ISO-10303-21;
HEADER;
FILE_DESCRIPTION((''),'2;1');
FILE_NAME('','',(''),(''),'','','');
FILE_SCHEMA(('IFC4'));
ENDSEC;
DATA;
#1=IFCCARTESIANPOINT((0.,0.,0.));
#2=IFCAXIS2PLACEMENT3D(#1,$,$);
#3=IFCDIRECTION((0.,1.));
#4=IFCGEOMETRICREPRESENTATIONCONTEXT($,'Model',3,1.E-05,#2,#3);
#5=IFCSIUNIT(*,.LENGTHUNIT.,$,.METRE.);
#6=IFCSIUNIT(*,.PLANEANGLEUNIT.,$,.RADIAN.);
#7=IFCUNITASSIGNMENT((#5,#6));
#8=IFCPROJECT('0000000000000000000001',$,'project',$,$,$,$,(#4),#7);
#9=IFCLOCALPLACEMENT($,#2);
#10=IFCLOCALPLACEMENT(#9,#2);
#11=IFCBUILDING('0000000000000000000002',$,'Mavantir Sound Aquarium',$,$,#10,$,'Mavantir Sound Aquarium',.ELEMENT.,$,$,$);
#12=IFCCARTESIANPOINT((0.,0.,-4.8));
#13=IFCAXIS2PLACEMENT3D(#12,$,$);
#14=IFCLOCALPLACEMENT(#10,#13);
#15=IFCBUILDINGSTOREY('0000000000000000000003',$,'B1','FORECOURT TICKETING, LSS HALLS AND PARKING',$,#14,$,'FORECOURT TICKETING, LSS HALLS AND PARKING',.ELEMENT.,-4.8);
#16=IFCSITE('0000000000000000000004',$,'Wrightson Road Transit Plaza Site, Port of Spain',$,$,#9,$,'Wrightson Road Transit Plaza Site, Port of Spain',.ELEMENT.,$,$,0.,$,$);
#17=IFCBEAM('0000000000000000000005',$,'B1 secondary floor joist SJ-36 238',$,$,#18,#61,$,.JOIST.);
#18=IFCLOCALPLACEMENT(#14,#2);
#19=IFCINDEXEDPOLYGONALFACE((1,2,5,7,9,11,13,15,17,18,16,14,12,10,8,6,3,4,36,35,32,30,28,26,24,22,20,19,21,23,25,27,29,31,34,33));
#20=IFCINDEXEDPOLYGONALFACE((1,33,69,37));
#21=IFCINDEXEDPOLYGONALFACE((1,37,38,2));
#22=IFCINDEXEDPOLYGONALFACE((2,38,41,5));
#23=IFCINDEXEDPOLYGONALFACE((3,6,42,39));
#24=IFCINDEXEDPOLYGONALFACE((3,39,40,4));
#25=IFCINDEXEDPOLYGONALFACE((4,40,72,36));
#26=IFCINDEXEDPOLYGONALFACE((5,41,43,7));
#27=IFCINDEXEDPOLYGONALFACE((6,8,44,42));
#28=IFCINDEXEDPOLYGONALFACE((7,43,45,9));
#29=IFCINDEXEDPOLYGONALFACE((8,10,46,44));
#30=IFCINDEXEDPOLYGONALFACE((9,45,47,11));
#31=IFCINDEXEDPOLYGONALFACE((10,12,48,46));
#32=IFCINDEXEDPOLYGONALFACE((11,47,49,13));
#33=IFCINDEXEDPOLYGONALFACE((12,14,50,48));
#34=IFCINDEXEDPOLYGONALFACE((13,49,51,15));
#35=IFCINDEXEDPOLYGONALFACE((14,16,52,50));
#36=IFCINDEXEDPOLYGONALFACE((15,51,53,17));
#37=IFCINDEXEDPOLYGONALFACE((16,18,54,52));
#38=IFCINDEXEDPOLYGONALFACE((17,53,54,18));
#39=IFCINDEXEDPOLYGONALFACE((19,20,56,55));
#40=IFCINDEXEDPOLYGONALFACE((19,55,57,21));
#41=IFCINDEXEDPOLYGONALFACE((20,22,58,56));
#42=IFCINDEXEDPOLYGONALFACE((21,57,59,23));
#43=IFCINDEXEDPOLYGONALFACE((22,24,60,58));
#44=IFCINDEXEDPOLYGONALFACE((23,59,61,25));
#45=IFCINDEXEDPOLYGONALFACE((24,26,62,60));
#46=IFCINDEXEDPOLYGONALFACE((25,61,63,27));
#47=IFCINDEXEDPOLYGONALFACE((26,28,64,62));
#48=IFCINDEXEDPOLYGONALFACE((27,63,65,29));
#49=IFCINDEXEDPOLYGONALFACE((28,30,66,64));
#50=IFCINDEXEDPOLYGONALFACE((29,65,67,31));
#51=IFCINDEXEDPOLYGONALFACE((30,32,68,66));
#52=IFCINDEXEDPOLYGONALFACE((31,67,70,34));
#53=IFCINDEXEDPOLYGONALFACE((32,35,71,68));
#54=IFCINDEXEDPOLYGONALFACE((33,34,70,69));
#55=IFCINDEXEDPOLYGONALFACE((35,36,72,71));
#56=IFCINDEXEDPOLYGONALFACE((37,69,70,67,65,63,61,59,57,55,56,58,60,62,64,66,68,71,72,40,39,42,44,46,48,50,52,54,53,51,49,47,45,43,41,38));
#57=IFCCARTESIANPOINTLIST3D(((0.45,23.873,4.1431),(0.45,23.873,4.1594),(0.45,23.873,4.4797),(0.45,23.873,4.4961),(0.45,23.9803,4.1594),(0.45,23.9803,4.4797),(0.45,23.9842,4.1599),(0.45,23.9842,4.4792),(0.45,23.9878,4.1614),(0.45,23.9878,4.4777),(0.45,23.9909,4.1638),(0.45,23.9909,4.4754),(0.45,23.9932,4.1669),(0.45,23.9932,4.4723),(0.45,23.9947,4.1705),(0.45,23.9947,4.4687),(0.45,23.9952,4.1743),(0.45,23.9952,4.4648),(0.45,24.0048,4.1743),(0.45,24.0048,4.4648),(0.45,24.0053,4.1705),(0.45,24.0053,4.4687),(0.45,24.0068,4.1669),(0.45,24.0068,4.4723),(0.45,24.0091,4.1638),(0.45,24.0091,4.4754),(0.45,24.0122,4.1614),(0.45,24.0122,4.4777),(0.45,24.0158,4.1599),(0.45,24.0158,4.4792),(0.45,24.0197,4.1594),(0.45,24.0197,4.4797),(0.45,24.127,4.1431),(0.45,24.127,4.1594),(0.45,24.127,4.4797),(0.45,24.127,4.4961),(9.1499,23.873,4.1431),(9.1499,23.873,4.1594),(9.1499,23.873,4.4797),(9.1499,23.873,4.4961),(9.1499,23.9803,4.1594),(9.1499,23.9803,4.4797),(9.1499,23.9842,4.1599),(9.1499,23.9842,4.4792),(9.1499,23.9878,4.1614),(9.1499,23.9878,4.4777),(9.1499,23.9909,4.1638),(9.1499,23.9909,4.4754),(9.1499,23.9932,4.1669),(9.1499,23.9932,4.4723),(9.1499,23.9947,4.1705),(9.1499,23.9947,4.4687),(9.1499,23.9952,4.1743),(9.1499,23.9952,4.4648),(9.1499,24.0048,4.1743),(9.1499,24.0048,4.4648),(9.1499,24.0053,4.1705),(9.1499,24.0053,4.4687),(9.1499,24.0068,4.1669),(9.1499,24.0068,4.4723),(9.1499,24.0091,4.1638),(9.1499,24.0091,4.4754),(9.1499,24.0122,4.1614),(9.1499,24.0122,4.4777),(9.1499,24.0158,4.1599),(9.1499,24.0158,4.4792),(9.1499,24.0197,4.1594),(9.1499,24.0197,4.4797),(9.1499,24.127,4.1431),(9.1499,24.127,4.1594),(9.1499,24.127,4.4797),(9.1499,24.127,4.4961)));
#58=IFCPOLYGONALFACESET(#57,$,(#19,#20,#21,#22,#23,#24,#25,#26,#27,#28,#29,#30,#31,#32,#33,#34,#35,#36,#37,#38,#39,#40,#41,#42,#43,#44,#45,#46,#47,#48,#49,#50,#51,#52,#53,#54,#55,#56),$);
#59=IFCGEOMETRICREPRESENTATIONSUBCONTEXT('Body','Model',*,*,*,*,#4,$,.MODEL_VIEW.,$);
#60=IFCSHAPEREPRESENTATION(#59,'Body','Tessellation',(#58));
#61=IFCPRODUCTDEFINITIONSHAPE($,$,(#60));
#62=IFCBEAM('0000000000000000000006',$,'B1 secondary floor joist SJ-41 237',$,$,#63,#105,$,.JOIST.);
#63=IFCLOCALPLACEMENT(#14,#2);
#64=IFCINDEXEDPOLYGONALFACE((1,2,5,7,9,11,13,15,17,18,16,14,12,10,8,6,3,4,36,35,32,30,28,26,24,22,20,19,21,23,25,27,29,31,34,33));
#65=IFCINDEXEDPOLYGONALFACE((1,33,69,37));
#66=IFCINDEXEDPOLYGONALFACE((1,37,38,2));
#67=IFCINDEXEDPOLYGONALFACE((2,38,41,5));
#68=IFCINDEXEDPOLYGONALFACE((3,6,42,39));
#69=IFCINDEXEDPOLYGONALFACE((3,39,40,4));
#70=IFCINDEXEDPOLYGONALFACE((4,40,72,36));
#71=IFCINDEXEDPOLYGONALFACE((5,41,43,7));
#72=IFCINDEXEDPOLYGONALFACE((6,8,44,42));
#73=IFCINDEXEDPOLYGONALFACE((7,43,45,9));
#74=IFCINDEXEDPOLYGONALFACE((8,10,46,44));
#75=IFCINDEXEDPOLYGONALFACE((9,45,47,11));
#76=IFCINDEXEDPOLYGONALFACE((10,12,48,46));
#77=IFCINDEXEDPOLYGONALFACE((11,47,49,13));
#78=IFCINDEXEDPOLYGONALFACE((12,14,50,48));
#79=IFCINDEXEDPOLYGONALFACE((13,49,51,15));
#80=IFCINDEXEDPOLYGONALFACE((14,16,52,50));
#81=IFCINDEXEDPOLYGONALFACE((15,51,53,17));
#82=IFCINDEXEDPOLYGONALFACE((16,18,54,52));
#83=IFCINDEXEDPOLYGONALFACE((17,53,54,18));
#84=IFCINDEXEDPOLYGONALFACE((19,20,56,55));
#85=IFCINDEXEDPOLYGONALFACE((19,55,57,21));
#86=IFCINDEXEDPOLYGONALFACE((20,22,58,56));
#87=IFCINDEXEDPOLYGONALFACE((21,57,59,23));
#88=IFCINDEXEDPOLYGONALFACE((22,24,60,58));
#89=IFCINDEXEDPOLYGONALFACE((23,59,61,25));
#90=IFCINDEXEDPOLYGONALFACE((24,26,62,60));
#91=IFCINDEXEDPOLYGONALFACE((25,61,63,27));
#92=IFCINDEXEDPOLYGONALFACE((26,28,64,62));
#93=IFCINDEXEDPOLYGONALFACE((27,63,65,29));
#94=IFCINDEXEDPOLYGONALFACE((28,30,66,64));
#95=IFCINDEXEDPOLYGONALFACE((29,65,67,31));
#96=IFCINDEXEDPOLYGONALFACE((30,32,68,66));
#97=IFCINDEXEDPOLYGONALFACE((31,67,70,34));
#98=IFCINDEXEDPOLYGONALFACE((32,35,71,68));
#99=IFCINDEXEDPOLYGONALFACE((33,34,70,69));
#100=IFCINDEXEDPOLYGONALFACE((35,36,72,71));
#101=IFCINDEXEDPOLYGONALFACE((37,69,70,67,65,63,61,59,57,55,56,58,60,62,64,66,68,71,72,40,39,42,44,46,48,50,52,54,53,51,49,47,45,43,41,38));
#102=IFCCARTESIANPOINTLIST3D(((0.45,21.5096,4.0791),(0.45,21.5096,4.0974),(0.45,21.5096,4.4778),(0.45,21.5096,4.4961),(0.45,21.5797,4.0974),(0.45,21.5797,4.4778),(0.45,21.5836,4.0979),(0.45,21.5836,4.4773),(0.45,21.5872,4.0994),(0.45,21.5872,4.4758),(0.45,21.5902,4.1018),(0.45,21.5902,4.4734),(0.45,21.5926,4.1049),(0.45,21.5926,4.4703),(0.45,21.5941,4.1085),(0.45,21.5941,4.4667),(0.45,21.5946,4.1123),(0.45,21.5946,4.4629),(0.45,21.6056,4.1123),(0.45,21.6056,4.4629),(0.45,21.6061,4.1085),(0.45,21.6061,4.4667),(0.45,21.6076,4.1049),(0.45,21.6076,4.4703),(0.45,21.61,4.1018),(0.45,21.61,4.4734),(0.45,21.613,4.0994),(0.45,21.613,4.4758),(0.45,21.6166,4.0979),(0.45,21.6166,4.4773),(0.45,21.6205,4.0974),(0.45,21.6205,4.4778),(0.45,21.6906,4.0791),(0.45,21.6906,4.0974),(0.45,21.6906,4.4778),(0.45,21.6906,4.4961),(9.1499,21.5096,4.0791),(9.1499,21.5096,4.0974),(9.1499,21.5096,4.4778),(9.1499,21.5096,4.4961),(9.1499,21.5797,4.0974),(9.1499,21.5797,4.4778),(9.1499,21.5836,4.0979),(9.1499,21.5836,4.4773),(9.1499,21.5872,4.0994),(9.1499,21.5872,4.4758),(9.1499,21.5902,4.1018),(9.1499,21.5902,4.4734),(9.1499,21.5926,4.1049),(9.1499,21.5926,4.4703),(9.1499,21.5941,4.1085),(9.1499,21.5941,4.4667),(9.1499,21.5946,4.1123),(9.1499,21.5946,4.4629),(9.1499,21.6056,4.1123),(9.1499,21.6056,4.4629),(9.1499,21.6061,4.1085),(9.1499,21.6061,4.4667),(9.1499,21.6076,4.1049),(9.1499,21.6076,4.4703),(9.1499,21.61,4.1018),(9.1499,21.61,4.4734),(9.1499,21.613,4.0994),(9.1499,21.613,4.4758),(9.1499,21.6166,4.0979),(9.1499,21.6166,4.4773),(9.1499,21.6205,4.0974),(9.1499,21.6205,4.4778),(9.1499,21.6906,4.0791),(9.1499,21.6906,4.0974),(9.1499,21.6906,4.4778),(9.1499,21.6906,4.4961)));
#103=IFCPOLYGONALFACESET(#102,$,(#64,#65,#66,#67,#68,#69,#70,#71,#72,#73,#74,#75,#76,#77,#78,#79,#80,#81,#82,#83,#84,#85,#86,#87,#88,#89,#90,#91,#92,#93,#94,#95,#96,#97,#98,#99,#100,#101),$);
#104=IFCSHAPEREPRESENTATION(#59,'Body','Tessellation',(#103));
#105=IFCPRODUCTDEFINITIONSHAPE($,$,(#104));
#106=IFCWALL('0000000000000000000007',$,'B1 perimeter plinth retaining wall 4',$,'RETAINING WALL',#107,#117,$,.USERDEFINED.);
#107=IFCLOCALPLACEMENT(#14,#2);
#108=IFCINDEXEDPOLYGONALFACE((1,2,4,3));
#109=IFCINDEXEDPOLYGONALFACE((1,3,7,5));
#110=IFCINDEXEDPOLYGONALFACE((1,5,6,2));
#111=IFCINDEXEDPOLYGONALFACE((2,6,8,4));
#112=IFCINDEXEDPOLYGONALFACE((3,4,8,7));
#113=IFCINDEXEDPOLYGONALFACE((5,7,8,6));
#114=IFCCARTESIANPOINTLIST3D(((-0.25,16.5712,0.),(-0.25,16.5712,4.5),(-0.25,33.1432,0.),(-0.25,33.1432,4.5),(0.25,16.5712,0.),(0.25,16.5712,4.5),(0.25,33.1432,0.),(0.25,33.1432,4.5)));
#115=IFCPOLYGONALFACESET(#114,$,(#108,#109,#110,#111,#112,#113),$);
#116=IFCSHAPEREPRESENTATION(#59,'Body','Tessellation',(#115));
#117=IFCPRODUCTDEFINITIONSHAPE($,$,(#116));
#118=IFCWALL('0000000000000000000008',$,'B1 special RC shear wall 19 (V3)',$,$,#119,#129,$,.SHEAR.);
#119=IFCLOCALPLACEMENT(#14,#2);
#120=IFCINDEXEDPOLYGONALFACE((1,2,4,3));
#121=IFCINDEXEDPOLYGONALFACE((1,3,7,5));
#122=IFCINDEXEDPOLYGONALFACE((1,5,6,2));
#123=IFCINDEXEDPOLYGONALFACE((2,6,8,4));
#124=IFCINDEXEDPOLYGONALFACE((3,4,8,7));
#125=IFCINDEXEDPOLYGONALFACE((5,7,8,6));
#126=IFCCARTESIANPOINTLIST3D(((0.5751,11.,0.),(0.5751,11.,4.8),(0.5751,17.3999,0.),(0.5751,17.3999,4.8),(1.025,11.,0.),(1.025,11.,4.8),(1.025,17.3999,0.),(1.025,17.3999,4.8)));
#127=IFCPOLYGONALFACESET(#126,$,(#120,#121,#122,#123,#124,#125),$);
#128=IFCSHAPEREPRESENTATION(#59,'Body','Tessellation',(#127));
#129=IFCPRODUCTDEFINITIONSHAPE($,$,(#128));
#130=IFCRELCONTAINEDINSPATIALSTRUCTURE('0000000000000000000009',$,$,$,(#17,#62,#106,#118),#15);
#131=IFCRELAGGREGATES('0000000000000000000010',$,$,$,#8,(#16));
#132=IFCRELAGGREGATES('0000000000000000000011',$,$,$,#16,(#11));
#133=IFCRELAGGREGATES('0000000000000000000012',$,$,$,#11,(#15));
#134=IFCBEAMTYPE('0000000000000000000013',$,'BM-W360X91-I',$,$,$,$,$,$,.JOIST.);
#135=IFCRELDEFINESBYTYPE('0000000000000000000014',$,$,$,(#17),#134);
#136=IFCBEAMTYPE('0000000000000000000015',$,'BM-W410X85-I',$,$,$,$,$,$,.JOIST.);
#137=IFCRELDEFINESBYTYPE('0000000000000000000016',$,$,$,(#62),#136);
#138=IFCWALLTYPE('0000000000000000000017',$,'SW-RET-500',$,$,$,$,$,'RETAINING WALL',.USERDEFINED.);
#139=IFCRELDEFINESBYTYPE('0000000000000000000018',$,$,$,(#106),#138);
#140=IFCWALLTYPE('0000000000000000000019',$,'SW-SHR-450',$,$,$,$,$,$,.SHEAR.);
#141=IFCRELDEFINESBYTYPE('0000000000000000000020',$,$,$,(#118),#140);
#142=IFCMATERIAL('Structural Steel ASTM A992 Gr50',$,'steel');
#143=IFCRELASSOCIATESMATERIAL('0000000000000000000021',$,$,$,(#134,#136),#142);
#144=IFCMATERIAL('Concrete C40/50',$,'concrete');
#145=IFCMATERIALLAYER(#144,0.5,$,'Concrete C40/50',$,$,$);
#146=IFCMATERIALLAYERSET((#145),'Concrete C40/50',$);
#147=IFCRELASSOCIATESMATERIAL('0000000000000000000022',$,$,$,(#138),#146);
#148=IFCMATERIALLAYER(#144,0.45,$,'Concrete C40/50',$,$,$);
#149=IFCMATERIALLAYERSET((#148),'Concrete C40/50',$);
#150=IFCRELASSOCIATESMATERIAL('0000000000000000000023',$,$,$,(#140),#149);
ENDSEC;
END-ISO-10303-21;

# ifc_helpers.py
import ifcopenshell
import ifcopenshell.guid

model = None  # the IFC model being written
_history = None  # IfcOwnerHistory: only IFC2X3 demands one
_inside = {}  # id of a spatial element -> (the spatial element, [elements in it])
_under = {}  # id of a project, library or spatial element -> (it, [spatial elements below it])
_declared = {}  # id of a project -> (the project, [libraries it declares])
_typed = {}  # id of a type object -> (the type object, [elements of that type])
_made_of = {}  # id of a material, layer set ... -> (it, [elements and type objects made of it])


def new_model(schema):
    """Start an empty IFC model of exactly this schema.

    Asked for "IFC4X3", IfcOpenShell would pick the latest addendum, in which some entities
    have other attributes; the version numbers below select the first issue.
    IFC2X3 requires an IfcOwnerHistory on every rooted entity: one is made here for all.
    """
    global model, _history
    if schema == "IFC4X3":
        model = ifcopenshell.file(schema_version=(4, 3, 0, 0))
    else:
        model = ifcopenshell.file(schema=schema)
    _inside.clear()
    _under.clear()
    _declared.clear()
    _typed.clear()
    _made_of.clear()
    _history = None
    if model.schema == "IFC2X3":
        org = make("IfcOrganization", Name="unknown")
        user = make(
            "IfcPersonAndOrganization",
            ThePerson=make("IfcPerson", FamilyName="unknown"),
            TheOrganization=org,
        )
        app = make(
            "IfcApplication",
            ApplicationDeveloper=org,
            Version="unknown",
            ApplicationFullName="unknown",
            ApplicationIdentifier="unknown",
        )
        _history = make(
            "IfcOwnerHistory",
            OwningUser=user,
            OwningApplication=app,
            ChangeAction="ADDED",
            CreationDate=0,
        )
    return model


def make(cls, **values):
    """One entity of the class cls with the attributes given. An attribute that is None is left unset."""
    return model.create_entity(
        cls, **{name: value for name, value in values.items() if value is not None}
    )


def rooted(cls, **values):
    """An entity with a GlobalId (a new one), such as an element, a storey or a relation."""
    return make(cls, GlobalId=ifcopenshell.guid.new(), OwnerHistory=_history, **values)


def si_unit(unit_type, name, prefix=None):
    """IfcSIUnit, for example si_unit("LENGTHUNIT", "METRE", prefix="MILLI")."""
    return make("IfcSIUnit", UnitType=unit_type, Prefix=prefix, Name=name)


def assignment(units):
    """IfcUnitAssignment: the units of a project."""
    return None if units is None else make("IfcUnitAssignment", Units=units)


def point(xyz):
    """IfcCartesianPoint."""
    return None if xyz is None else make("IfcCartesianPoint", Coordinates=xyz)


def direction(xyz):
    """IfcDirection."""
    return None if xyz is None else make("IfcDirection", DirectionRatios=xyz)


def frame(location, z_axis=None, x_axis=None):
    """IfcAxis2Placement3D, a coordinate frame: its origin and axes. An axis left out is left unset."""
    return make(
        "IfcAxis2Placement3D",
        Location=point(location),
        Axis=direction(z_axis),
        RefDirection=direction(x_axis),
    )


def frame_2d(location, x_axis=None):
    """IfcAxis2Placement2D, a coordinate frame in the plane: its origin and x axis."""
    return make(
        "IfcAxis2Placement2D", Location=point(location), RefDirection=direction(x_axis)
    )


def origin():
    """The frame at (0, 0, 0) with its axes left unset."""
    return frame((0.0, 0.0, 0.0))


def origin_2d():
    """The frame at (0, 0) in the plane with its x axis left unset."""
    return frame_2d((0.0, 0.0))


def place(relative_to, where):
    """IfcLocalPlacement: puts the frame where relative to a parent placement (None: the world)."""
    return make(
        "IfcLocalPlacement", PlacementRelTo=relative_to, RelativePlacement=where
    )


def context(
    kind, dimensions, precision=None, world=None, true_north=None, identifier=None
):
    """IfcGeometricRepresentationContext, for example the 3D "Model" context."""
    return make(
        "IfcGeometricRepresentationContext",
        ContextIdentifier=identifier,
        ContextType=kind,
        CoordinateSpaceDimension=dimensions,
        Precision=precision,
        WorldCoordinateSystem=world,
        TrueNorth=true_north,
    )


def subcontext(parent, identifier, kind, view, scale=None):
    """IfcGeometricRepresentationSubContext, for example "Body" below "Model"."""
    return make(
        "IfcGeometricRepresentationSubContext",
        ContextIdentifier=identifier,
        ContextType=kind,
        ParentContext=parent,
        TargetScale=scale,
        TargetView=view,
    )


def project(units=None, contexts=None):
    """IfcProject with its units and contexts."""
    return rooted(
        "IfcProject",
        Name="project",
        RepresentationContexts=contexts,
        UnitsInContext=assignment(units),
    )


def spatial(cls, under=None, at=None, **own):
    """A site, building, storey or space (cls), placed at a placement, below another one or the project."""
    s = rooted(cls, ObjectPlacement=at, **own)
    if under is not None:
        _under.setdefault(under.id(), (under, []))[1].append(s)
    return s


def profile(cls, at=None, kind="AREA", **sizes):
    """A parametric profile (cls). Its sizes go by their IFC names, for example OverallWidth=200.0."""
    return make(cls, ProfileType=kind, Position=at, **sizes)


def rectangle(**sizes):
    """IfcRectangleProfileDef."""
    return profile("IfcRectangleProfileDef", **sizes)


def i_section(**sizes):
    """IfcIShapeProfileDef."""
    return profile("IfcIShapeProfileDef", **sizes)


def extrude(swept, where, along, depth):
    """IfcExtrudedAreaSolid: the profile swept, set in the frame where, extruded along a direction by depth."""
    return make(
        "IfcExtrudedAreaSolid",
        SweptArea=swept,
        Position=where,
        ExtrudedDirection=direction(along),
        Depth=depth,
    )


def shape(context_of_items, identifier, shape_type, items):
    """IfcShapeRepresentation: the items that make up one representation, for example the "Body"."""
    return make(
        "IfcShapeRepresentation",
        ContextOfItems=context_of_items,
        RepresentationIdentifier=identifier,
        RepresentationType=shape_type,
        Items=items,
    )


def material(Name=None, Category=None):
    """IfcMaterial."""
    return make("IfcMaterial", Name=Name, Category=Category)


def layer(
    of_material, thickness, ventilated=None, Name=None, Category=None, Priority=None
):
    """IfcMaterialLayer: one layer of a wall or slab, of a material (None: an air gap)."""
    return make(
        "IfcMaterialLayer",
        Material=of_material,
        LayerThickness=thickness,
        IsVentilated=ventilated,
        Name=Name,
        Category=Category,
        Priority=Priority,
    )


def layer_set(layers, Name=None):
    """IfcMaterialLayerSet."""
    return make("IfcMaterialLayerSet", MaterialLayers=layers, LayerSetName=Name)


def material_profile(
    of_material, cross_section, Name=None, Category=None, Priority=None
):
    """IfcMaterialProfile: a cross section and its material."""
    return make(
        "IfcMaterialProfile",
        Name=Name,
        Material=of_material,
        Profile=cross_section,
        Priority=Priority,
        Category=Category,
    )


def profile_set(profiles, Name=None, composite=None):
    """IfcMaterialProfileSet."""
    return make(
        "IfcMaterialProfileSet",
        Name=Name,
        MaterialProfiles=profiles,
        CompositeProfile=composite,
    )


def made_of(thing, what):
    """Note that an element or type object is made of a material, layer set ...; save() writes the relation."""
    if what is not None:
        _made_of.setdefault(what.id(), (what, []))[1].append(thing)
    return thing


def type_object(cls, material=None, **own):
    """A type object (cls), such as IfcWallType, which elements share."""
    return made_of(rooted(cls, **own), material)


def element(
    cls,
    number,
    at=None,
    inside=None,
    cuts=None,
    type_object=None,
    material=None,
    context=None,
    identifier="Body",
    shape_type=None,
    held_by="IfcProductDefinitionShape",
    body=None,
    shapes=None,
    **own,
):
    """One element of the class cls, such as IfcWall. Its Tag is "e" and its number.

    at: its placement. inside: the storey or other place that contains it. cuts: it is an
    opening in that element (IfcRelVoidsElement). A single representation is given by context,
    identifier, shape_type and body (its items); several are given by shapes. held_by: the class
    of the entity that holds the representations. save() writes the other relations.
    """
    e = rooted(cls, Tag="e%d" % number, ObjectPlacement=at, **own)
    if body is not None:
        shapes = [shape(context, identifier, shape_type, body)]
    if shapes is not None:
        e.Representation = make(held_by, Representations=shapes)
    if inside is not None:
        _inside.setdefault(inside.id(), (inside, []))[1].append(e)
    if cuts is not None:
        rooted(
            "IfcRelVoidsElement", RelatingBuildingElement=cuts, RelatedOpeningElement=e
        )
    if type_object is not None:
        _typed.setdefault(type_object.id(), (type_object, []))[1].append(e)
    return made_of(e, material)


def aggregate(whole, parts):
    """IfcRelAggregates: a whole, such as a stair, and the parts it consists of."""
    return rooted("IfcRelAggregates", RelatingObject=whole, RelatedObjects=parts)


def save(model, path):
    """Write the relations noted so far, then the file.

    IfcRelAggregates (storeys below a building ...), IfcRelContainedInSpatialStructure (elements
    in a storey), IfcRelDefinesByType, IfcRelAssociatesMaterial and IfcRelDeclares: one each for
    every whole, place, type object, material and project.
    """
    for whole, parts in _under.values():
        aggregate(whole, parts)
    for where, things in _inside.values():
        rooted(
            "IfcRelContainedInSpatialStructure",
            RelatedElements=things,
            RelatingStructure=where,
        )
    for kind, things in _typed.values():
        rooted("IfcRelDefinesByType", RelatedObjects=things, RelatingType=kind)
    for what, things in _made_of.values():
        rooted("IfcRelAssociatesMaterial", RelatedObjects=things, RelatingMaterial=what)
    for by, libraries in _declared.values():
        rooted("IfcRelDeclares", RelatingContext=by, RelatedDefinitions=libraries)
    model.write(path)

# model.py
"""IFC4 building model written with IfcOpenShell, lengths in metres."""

from ifc_helpers import new_model, si_unit, direction, frame, frame_2d, origin, origin_2d, place, context, subcontext, project, spatial, rectangle, i_section, extrude, material, layer, layer_set, material_profile, profile_set, type_object, element, save


model = new_model("IFC4")

# Units and contexts
model_context = context("Model", 3, precision=1e-05, world=origin(), true_north=direction((0.0, 1.0)))
body_context = subcontext(model_context, "Body", "Model", "MODEL_VIEW")
ifc_project = project(units=[si_unit("LENGTHUNIT", "METRE"), si_unit("PLANEANGLEUNIT", "RADIAN")], contexts=[model_context])

# Site, building, storey
site_placement = place(None, origin())
site = spatial("IfcSite", under=ifc_project, at=site_placement, Name="Wrightson Road Transit Plaza Site, Port of Spain", LongName="Wrightson Road Transit Plaza Site, Port of Spain", CompositionType="ELEMENT", RefElevation=0.0)
building_placement = place(site_placement, origin())
building = spatial("IfcBuilding", under=site, at=building_placement, Name="Mavantir Sound Aquarium", LongName="Mavantir Sound Aquarium", CompositionType="ELEMENT")
storey_placement = place(building_placement, frame((0.0, 0.0, -4.8)))
storey = spatial("IfcBuildingStorey", under=building, at=storey_placement, Name="B1", Description="FORECOURT TICKETING, LSS HALLS AND PARKING", LongName="FORECOURT TICKETING, LSS HALLS AND PARKING", CompositionType="ELEMENT", Elevation=-4.8)

# Shared definitions
ifc_material_1 = material(Name="Concrete C40/50", Category="concrete")

# Beams
ifc_material_2 = material(Name="Structural Steel ASTM A992 Gr50", Category="steel")
ifc_material_profile_1 = material_profile(ifc_material_2, i_section(OverallWidth=0.2539, OverallDepth=0.353, WebThickness=0.0095, FlangeThickness=0.0164, FilletRadius=0.0149, at=origin_2d()), Name="W360X91")
ifc_profile_set_1 = profile_set([ifc_material_profile_1], Name="Structural Steel ASTM A992 Gr50")
beam_type_1 = type_object("IfcBeamType", Name="BM-W360X91-I", PredefinedType="JOIST", material=ifc_profile_set_1)
for number, where, z_axis, x_axis, name in (
    (1, (0.45, 24.0, 4.3196), (1.0, 0.0, 0.0), (0.0, 1.0, 0.0), "B1 secondary floor joist SJ-36 238"),
):
    element("IfcBeam", number, at=place(storey_placement, frame(where, z_axis=z_axis, x_axis=x_axis)), inside=storey, type_object=beam_type_1, Name=name, PredefinedType="JOIST", context=body_context, shape_type="SweptSolid", body=[
        extrude(i_section(OverallWidth=0.2539, OverallDepth=0.353, WebThickness=0.0095, FlangeThickness=0.0164, FilletRadius=0.0149, at=origin_2d()), origin(), (0.0, 0.0, 1.0), 8.7),
    ])
ifc_material_profile_2 = material_profile(ifc_material_2, i_section(OverallWidth=0.1809, OverallDepth=0.417, WebThickness=0.011, FlangeThickness=0.0183, FilletRadius=0.0149, at=origin_2d()), Name="W410X85")
ifc_profile_set_2 = profile_set([ifc_material_profile_2], Name="Structural Steel ASTM A992 Gr50")
beam_type_2 = type_object("IfcBeamType", Name="BM-W410X85-I", PredefinedType="JOIST", material=ifc_profile_set_2)
beam_1_placement = place(storey_placement, frame((0.45, 21.6001, 4.2876), z_axis=(1.0, 0.0, 0.0), x_axis=(0.0, 1.0, 0.0)))
element("IfcBeam", 2, at=beam_1_placement, inside=storey, type_object=beam_type_2, Name="B1 secondary floor joist SJ-41 237", PredefinedType="JOIST", context=body_context, shape_type="SweptSolid", body=[
    extrude(i_section(OverallWidth=0.1809, OverallDepth=0.417, WebThickness=0.011, FlangeThickness=0.0183, FilletRadius=0.0149, at=origin_2d()), origin(), (0.0, 0.0, 1.0), 8.7),
])

# Walls
ifc_layer_1 = layer(ifc_material_1, 0.5, Name="Concrete C40/50")
ifc_layer_set_1 = layer_set([ifc_layer_1], Name="Concrete C40/50")
wall_type_1 = type_object("IfcWallType", Name="SW-RET-500", ElementType="RETAINING WALL", PredefinedType="USERDEFINED", material=ifc_layer_set_1)
wall_1_placement = place(storey_placement, frame((0.0, 16.571, 0.0), z_axis=(0.0, 0.0, 1.0), x_axis=(0.0, 1.0, 0.0)))
element("IfcWall", 3, at=wall_1_placement, inside=storey, type_object=wall_type_1, Name="B1 perimeter plinth retaining wall 4", ObjectType="RETAINING WALL", PredefinedType="USERDEFINED", context=body_context, shape_type="SweptSolid", body=[
    extrude(rectangle(XDim=16.572, YDim=0.5, at=frame_2d((8.2861, 0.0))), origin(), (0.0, 0.0, 1.0), 4.5),
])
ifc_layer_2 = layer(ifc_material_1, 0.45, Name="Concrete C40/50")
ifc_layer_set_2 = layer_set([ifc_layer_2], Name="Concrete C40/50")
wall_type_2 = type_object("IfcWallType", Name="SW-SHR-450", PredefinedType="SHEAR", material=ifc_layer_set_2)
wall_2_placement = place(storey_placement, frame((0.8, 11.0, 0.0), z_axis=(0.0, 0.0, 1.0), x_axis=(0.0, 1.0, 0.0)))
element("IfcWall", 4, at=wall_2_placement, inside=storey, type_object=wall_type_2, Name="B1 special RC shear wall 19 (V3)", PredefinedType="SHEAR", context=body_context, shape_type="SweptSolid", body=[
    extrude(rectangle(XDim=6.3999, YDim=0.45, at=frame_2d((3.2, 0.0))), origin(), (0.0, 0.0, 1.0), 4.8),
])

save(model, "model.ifc")
